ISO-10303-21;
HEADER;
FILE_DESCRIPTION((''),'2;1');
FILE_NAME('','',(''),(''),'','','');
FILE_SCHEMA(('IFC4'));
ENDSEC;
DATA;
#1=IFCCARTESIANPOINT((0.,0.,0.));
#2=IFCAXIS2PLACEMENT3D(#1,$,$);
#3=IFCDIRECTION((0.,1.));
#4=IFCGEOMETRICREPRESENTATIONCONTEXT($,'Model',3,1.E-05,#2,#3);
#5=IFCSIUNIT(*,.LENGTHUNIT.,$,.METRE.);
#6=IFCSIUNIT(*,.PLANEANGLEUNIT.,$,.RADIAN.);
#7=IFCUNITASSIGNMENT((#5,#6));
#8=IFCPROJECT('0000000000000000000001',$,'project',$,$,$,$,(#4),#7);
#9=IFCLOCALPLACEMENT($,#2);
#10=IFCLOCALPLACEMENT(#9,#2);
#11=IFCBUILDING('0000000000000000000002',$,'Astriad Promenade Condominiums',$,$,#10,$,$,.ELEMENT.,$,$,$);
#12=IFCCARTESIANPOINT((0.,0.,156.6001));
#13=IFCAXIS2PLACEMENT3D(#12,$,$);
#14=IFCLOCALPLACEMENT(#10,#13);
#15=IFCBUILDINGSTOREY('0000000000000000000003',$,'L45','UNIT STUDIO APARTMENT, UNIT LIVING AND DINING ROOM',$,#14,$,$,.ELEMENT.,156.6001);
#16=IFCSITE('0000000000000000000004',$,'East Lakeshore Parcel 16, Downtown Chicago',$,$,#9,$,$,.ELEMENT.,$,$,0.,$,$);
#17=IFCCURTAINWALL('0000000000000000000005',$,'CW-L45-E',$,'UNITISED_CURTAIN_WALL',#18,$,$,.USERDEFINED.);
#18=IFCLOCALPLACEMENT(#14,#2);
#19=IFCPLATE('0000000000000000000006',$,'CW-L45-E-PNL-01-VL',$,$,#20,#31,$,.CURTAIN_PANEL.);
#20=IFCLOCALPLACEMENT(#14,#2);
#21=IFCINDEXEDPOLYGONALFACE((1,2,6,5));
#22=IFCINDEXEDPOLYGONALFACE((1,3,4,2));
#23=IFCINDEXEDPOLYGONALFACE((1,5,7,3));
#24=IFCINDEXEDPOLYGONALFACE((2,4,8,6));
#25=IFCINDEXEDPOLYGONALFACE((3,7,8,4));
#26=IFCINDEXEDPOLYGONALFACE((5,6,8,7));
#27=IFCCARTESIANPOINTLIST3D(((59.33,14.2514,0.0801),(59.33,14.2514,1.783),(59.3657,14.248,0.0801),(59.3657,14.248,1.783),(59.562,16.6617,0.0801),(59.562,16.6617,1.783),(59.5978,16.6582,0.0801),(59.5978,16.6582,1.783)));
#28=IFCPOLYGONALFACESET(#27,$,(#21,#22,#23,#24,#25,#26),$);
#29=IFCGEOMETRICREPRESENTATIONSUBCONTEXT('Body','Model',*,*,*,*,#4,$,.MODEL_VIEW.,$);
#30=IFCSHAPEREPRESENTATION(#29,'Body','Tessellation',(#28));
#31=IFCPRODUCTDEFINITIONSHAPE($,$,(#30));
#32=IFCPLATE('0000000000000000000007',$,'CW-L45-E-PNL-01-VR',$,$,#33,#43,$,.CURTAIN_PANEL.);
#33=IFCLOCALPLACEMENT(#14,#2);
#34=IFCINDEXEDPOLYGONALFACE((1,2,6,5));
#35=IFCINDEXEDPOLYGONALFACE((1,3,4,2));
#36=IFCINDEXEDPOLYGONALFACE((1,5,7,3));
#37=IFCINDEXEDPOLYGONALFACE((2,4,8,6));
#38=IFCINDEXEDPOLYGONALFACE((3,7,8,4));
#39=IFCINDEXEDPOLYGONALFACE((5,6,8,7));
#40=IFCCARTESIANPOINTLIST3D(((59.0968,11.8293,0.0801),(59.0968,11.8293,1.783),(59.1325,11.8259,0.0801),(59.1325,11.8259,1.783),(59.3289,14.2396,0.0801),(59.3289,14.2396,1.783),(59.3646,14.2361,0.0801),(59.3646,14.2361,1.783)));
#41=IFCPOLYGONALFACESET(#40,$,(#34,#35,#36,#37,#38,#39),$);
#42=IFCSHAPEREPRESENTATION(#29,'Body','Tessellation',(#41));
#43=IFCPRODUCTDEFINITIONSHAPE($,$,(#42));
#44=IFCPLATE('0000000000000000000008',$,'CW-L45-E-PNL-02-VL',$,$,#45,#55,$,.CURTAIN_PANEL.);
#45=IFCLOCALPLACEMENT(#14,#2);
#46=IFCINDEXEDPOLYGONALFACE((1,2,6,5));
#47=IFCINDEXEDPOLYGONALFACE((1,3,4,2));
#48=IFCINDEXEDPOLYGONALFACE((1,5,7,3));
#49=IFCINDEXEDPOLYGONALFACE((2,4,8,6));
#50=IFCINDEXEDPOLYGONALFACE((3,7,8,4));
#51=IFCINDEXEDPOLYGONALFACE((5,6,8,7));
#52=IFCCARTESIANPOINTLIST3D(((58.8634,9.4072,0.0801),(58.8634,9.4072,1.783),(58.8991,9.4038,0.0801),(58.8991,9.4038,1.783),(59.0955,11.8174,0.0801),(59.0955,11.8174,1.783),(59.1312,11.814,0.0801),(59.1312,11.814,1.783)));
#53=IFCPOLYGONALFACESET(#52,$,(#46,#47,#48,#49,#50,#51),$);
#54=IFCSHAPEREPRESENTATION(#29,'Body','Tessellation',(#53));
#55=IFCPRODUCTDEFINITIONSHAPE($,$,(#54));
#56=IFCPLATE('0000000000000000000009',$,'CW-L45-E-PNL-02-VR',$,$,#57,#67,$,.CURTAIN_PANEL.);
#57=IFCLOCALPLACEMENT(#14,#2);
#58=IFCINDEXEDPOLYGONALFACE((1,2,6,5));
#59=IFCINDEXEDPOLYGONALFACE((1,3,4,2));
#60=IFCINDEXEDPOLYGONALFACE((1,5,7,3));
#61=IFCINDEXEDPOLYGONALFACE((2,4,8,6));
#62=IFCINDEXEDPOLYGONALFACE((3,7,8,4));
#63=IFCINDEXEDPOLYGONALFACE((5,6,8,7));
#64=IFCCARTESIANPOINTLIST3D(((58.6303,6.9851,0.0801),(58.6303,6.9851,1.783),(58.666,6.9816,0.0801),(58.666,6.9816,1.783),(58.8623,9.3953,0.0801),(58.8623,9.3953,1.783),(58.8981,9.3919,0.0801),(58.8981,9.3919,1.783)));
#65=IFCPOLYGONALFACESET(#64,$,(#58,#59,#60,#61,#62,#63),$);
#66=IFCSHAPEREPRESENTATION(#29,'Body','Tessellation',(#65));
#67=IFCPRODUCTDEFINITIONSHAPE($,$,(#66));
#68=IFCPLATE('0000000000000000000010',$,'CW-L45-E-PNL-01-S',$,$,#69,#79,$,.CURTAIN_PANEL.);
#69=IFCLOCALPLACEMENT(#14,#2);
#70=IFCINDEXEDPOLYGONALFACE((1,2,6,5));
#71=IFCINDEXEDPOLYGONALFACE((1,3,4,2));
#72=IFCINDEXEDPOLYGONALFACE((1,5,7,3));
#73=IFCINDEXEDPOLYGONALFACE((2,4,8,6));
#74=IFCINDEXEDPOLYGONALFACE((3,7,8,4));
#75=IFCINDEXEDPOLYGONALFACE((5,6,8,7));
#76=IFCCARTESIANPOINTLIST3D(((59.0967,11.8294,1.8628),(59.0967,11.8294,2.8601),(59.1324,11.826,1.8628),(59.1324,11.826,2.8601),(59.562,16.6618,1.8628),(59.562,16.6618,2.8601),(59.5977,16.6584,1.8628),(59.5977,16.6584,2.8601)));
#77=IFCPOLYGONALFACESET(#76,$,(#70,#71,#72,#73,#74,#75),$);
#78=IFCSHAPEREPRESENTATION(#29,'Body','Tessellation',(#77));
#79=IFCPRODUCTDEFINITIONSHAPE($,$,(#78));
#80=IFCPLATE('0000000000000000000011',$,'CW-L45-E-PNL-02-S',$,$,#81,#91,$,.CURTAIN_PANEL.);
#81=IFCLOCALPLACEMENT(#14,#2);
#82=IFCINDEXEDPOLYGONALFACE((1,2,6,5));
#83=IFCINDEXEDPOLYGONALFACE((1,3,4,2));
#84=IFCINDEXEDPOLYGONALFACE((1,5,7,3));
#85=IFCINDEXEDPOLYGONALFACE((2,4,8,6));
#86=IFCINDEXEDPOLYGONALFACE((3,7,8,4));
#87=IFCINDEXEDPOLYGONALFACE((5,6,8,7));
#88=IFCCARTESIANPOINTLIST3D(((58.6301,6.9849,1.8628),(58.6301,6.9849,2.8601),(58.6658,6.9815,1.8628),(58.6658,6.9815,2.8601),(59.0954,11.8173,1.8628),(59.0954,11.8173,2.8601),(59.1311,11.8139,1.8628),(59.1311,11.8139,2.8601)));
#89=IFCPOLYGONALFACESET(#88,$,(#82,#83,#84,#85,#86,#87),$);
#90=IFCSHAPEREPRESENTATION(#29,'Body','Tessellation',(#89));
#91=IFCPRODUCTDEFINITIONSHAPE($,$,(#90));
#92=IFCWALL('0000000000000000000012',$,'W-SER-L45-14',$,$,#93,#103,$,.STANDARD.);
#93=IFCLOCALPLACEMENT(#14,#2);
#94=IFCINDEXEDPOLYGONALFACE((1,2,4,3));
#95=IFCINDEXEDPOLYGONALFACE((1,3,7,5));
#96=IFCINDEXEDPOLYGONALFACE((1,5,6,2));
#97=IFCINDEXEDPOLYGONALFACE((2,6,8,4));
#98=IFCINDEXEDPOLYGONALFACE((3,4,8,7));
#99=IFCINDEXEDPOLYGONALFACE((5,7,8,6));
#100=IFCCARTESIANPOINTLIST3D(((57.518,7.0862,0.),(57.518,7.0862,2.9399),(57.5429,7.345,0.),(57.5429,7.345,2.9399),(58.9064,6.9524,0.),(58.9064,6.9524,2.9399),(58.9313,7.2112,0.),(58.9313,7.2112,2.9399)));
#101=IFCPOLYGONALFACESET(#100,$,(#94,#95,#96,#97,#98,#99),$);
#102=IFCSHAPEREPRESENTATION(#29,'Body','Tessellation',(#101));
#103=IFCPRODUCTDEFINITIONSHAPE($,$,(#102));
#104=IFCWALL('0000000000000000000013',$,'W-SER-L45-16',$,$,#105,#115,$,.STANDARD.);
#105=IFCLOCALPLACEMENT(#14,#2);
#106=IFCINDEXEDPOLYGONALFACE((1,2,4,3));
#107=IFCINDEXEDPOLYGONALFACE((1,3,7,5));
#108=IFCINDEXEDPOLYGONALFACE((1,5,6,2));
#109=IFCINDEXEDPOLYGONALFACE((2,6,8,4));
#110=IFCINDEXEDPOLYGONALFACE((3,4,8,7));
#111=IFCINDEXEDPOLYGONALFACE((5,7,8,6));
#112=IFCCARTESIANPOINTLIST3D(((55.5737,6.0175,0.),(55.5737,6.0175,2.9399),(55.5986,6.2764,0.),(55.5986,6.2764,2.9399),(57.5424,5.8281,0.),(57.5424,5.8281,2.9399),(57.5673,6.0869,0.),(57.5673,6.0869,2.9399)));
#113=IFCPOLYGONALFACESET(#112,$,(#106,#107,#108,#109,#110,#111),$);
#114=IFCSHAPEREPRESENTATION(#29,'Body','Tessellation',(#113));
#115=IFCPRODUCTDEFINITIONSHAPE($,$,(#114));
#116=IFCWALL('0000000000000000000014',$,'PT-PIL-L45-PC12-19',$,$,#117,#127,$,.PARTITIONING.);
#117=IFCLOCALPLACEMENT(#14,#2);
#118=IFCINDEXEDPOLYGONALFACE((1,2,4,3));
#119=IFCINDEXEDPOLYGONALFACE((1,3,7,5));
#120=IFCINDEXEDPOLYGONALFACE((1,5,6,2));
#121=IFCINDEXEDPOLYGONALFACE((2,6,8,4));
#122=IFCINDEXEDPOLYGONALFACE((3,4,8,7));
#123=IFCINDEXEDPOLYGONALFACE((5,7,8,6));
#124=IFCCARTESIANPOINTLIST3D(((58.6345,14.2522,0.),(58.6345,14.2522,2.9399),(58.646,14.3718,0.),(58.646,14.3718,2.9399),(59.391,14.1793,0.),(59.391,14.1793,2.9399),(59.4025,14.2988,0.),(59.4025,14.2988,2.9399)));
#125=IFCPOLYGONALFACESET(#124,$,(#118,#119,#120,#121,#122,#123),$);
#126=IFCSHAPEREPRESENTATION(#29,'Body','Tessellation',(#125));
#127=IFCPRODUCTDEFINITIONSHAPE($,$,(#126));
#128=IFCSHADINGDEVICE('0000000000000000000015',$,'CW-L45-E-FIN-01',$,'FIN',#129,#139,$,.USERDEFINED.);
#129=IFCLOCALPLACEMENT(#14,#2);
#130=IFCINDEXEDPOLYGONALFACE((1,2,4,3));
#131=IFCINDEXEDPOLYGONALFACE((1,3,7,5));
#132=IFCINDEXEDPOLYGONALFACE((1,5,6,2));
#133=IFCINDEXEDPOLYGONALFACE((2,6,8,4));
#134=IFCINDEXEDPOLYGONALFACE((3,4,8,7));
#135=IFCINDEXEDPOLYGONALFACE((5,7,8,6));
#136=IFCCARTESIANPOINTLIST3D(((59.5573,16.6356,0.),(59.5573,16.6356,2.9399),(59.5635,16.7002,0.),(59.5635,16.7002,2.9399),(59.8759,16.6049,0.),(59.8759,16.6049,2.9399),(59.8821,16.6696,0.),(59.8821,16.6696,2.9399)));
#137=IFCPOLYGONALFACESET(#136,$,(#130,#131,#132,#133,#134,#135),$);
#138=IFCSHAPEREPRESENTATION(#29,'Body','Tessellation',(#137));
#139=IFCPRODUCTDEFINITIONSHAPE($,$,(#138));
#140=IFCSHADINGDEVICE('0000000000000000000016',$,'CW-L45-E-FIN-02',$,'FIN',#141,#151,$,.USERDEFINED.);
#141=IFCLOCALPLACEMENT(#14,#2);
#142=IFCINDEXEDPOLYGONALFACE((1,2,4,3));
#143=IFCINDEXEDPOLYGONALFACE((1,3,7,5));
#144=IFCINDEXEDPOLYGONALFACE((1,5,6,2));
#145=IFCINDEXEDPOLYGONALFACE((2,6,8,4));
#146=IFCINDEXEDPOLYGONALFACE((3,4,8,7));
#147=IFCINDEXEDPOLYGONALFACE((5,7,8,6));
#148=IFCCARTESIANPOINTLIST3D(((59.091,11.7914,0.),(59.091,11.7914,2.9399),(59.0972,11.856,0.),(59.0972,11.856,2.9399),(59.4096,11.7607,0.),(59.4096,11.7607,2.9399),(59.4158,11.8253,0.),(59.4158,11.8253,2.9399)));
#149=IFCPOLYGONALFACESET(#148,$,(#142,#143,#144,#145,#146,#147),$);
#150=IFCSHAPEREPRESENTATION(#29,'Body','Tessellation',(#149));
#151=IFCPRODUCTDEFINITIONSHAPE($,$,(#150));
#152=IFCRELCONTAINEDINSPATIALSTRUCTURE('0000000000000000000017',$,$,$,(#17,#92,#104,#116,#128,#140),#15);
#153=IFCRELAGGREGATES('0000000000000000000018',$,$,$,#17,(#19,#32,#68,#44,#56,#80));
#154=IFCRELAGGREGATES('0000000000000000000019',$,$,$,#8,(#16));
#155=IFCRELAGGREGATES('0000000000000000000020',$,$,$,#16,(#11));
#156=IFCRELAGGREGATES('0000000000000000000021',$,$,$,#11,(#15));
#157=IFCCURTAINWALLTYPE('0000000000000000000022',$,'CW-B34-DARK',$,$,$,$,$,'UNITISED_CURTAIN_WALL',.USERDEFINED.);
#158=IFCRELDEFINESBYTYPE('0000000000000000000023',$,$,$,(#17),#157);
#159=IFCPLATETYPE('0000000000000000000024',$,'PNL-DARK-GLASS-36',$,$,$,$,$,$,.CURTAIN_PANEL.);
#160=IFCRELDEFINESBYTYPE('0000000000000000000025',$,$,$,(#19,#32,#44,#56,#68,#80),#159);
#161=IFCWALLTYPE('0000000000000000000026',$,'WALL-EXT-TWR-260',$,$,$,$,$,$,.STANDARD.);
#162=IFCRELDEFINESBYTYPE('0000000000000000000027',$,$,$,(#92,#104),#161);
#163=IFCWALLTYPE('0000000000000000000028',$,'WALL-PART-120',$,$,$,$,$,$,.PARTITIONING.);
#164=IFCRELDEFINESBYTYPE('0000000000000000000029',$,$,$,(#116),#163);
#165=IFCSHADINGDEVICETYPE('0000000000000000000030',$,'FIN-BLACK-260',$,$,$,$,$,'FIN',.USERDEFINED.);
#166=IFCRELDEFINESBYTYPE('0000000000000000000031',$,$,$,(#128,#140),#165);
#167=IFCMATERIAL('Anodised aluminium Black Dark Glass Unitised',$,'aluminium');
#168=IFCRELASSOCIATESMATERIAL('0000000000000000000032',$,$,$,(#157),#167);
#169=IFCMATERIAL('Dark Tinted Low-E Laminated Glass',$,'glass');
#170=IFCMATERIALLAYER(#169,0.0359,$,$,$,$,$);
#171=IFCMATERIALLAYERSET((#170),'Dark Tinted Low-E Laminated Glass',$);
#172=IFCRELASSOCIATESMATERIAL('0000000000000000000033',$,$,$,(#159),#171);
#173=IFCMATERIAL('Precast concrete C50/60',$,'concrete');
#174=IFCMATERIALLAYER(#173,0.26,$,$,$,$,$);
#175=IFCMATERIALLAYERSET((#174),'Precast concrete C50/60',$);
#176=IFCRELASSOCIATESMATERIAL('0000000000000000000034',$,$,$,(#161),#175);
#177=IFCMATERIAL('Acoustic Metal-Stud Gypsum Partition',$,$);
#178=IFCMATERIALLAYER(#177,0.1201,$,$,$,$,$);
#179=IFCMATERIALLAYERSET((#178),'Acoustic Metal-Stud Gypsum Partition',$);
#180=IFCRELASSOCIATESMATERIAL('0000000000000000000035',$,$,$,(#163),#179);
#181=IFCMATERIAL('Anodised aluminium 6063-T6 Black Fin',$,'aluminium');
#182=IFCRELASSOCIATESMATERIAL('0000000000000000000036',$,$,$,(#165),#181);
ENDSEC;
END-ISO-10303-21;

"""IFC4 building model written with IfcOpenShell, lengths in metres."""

from ifc_helpers import new_model, si_unit, direction, frame, frame_2d, origin, origin_2d, place, context, subcontext, project, spatial, rectangle, extrude, source, transform, mapped, material, layer, layer_set, type_object, type_shapes, element, aggregate, save


model = new_model("IFC4")

# Units and contexts
model_context = context("Model", 3, precision=1e-05, world=origin(), true_north=direction((0.0, 1.0)))
body_context = subcontext(model_context, "Body", "Model", "MODEL_VIEW")
ifc_project = project(units=[si_unit("LENGTHUNIT", "METRE"), si_unit("PLANEANGLEUNIT", "RADIAN")], contexts=[model_context])

# Site, building, storey
site_placement = place(None, origin())
site = spatial("IfcSite", under=ifc_project, at=site_placement, Name="East Lakeshore Parcel 16, Downtown Chicago", CompositionType="ELEMENT", RefElevation=0.0)
building_placement = place(site_placement, origin())
building = spatial("IfcBuilding", under=site, at=building_placement, Name="Astriad Promenade Condominiums", CompositionType="ELEMENT")
storey_placement = place(building_placement, frame((0.0, 0.0, 156.6001)))
storey = spatial("IfcBuildingStorey", under=building, at=storey_placement, Name="L45", Description="UNIT STUDIO APARTMENT, UNIT LIVING AND DINING ROOM", CompositionType="ELEMENT", Elevation=156.6001)

# Curtain wall, plates
ifc_material_1 = material(Name="Anodised aluminium Black Dark Glass Unitised", Category="aluminium")
curtain_wall_type = type_object("IfcCurtainWallType", Name="CW-B34-DARK", ElementType="UNITISED_CURTAIN_WALL", PredefinedType="USERDEFINED", material=ifc_material_1)
curtain_wall_placement = place(storey_placement, origin())
curtain_wall = element("IfcCurtainWall", 1, at=curtain_wall_placement, inside=storey, type_object=curtain_wall_type, Name="CW-L45-E", ObjectType="UNITISED_CURTAIN_WALL", PredefinedType="USERDEFINED")
ifc_material_2 = material(Name="Dark Tinted Low-E Laminated Glass", Category="glass")
ifc_layer_1 = layer(ifc_material_2, 0.0359)
ifc_layer_set_1 = layer_set([ifc_layer_1], Name="Dark Tinted Low-E Laminated Glass")
plate_type = type_object("IfcPlateType", Name="PNL-DARK-GLASS-36", PredefinedType="CURTAIN_PANEL", material=ifc_layer_set_1)
shared_shape_1 = source(origin(), body_context, "Body", "SweptSolid", [
    extrude(rectangle(XDim=2.4214, YDim=0.0359, at=origin_2d()), origin(), (0.0, 0.0, 1.0), 1.7029),
])
plate_1_placement = place(storey_placement, frame((59.4639, 15.4548, 0.0801), z_axis=(0.0, 0.0, 1.0), x_axis=(-0.095846, -0.995396, 0.0)))
plate_1 = element("IfcPlate", 2, at=plate_1_placement, type_object=plate_type, Name="CW-L45-E-PNL-01-VL", PredefinedType="CURTAIN_PANEL", context=body_context, shape_type="MappedRepresentation", body=[
    mapped(shared_shape_1, transform((0.0, 0.0, 0.0), scale=1.0)),
])
plate_2_placement = place(storey_placement, frame((59.2307, 13.0327, 0.0801), z_axis=(0.0, 0.0, 1.0), x_axis=(-0.095846, -0.995396, 0.0)))
plate_2 = element("IfcPlate", 3, at=plate_2_placement, type_object=plate_type, Name="CW-L45-E-PNL-01-VR", PredefinedType="CURTAIN_PANEL", context=body_context, shape_type="MappedRepresentation", body=[
    mapped(shared_shape_1, transform((0.0, 0.0, 0.0), scale=1.0)),
])
plate_3_placement = place(storey_placement, frame((58.9973, 10.6106, 0.0801), z_axis=(0.0, 0.0, 1.0), x_axis=(-0.095846, -0.995396, 0.0)))
plate_3 = element("IfcPlate", 4, at=plate_3_placement, type_object=plate_type, Name="CW-L45-E-PNL-02-VL", PredefinedType="CURTAIN_PANEL", context=body_context, shape_type="MappedRepresentation", body=[
    mapped(shared_shape_1, transform((0.0, 0.0, 0.0), scale=1.0)),
])
plate_4_placement = place(storey_placement, frame((58.7642, 8.1885, 0.0801), z_axis=(0.0, 0.0, 1.0), x_axis=(-0.095846, -0.995396, 0.0)))
plate_4 = element("IfcPlate", 5, at=plate_4_placement, type_object=plate_type, Name="CW-L45-E-PNL-02-VR", PredefinedType="CURTAIN_PANEL", context=body_context, shape_type="MappedRepresentation", body=[
    mapped(shared_shape_1, transform((0.0, 0.0, 0.0), scale=1.0)),
])
shared_shape_2 = source(origin(), body_context, "Body", "SweptSolid", [
    extrude(rectangle(XDim=4.8547, YDim=0.0359, at=origin_2d()), origin(), (0.0, 0.0, 1.0), 0.9973),
])
type_shapes(plate_type, [shared_shape_1, shared_shape_2])
plate_5_placement = place(storey_placement, frame((59.3472, 14.2439, 1.8628), z_axis=(0.0, 0.0, 1.0), x_axis=(-0.095846, -0.995396, 0.0)))
plate_5 = element("IfcPlate", 6, at=plate_5_placement, type_object=plate_type, Name="CW-L45-E-PNL-01-S", PredefinedType="CURTAIN_PANEL", context=body_context, shape_type="MappedRepresentation", body=[
    mapped(shared_shape_2, transform((0.0, 0.0, 0.0), scale=1.0)),
])
plate_6_placement = place(storey_placement, frame((58.8806, 9.3994, 1.8628), z_axis=(0.0, 0.0, 1.0), x_axis=(-0.095846, -0.995396, 0.0)))
plate_6 = element("IfcPlate", 7, at=plate_6_placement, type_object=plate_type, Name="CW-L45-E-PNL-02-S", PredefinedType="CURTAIN_PANEL", context=body_context, shape_type="MappedRepresentation", body=[
    mapped(shared_shape_2, transform((0.0, 0.0, 0.0), scale=1.0)),
])
aggregate(curtain_wall, [plate_1, plate_2, plate_5, plate_3, plate_4, plate_6])

# Walls
ifc_material_3 = material(Name="Precast concrete C50/60", Category="concrete")
ifc_layer_2 = layer(ifc_material_3, 0.26)
ifc_layer_set_2 = layer_set([ifc_layer_2], Name="Precast concrete C50/60")
wall_type_1 = type_object("IfcWallType", Name="WALL-EXT-TWR-260", PredefinedType="STANDARD", material=ifc_layer_set_2)
wall_1_placement = place(storey_placement, frame((58.9187, 7.0818, 0.0), z_axis=(0.0, 0.0, 1.0), x_axis=(-0.995389, 0.095916, 0.0)))
element("IfcWall", 8, at=wall_1_placement, inside=storey, type_object=wall_type_1, Name="W-SER-L45-14", PredefinedType="STANDARD", context=body_context, shape_type="SweptSolid", body=[
    extrude(rectangle(XDim=1.3948, YDim=0.26, at=frame_2d((0.6973, 0.0))), origin(), (0.0, 0.0, 1.0), 2.9399),
])
wall_2_placement = place(storey_placement, frame((57.5547, 5.9575, 0.0), z_axis=(0.0, 0.0, 1.0), x_axis=(-0.995402, 0.095788, 0.0)))
element("IfcWall", 9, at=wall_2_placement, inside=storey, type_object=wall_type_1, Name="W-SER-L45-16", PredefinedType="STANDARD", context=body_context, shape_type="SweptSolid", body=[
    extrude(rectangle(XDim=1.9778, YDim=0.26, at=frame_2d((0.9888, 0.0))), origin(), (0.0, 0.0, 1.0), 2.9399),
])
ifc_material_4 = material(Name="Acoustic Metal-Stud Gypsum Partition")
ifc_layer_3 = layer(ifc_material_4, 0.1201)
ifc_layer_set_3 = layer_set([ifc_layer_3], Name="Acoustic Metal-Stud Gypsum Partition")
wall_type_2 = type_object("IfcWallType", Name="WALL-PART-120", PredefinedType="PARTITIONING", material=ifc_layer_set_3)
wall_3_placement = place(storey_placement, frame((58.6404, 14.312, 0.0), z_axis=(0.0, 0.0, 1.0), x_axis=(0.995378, -0.096037, 0.0)))
element("IfcWall", 10, at=wall_3_placement, inside=storey, type_object=wall_type_2, Name="PT-PIL-L45-PC12-19", PredefinedType="PARTITIONING", context=body_context, shape_type="SweptSolid", body=[
    extrude(rectangle(XDim=0.76, YDim=0.1201, at=frame_2d((0.3799, 0.0))), origin(), (0.0, 0.0, 1.0), 2.9399),
])

# Shading devices
ifc_material_5 = material(Name="Anodised aluminium 6063-T6 Black Fin", Category="aluminium")
shading_device_type = type_object("IfcShadingDeviceType", Name="FIN-BLACK-260", ElementType="FIN", PredefinedType="USERDEFINED", material=ifc_material_5)
shared_shape_3 = source(origin(), body_context, "Body", "SweptSolid", [
    extrude(rectangle(XDim=0.0649, YDim=0.3201, at=origin_2d()), origin(), (0.0, 0.0, 1.0), 2.9399),
])
type_shapes(shading_device_type, [shared_shape_3])
for number, where, z_axis, x_axis, name in (
    (11, (59.7197, 16.6526, 0.0), (0.0, 0.0, 1.0), (-0.095846, -0.995396, 0.0), "CW-L45-E-FIN-01"),
    (12, (59.2534, 11.8083, 0.0), (0.0, 0.0, 1.0), (-0.095846, -0.995396, 0.0), "CW-L45-E-FIN-02"),
):
    element("IfcShadingDevice", number, at=place(storey_placement, frame(where, z_axis=z_axis, x_axis=x_axis)), inside=storey, type_object=shading_device_type, Name=name, ObjectType="FIN", PredefinedType="USERDEFINED", context=body_context, shape_type="MappedRepresentation", body=[
        mapped(shared_shape_3, transform((0.0, 0.0, 0.0), scale=1.0)),
    ])

save(model, "model.ifc")
